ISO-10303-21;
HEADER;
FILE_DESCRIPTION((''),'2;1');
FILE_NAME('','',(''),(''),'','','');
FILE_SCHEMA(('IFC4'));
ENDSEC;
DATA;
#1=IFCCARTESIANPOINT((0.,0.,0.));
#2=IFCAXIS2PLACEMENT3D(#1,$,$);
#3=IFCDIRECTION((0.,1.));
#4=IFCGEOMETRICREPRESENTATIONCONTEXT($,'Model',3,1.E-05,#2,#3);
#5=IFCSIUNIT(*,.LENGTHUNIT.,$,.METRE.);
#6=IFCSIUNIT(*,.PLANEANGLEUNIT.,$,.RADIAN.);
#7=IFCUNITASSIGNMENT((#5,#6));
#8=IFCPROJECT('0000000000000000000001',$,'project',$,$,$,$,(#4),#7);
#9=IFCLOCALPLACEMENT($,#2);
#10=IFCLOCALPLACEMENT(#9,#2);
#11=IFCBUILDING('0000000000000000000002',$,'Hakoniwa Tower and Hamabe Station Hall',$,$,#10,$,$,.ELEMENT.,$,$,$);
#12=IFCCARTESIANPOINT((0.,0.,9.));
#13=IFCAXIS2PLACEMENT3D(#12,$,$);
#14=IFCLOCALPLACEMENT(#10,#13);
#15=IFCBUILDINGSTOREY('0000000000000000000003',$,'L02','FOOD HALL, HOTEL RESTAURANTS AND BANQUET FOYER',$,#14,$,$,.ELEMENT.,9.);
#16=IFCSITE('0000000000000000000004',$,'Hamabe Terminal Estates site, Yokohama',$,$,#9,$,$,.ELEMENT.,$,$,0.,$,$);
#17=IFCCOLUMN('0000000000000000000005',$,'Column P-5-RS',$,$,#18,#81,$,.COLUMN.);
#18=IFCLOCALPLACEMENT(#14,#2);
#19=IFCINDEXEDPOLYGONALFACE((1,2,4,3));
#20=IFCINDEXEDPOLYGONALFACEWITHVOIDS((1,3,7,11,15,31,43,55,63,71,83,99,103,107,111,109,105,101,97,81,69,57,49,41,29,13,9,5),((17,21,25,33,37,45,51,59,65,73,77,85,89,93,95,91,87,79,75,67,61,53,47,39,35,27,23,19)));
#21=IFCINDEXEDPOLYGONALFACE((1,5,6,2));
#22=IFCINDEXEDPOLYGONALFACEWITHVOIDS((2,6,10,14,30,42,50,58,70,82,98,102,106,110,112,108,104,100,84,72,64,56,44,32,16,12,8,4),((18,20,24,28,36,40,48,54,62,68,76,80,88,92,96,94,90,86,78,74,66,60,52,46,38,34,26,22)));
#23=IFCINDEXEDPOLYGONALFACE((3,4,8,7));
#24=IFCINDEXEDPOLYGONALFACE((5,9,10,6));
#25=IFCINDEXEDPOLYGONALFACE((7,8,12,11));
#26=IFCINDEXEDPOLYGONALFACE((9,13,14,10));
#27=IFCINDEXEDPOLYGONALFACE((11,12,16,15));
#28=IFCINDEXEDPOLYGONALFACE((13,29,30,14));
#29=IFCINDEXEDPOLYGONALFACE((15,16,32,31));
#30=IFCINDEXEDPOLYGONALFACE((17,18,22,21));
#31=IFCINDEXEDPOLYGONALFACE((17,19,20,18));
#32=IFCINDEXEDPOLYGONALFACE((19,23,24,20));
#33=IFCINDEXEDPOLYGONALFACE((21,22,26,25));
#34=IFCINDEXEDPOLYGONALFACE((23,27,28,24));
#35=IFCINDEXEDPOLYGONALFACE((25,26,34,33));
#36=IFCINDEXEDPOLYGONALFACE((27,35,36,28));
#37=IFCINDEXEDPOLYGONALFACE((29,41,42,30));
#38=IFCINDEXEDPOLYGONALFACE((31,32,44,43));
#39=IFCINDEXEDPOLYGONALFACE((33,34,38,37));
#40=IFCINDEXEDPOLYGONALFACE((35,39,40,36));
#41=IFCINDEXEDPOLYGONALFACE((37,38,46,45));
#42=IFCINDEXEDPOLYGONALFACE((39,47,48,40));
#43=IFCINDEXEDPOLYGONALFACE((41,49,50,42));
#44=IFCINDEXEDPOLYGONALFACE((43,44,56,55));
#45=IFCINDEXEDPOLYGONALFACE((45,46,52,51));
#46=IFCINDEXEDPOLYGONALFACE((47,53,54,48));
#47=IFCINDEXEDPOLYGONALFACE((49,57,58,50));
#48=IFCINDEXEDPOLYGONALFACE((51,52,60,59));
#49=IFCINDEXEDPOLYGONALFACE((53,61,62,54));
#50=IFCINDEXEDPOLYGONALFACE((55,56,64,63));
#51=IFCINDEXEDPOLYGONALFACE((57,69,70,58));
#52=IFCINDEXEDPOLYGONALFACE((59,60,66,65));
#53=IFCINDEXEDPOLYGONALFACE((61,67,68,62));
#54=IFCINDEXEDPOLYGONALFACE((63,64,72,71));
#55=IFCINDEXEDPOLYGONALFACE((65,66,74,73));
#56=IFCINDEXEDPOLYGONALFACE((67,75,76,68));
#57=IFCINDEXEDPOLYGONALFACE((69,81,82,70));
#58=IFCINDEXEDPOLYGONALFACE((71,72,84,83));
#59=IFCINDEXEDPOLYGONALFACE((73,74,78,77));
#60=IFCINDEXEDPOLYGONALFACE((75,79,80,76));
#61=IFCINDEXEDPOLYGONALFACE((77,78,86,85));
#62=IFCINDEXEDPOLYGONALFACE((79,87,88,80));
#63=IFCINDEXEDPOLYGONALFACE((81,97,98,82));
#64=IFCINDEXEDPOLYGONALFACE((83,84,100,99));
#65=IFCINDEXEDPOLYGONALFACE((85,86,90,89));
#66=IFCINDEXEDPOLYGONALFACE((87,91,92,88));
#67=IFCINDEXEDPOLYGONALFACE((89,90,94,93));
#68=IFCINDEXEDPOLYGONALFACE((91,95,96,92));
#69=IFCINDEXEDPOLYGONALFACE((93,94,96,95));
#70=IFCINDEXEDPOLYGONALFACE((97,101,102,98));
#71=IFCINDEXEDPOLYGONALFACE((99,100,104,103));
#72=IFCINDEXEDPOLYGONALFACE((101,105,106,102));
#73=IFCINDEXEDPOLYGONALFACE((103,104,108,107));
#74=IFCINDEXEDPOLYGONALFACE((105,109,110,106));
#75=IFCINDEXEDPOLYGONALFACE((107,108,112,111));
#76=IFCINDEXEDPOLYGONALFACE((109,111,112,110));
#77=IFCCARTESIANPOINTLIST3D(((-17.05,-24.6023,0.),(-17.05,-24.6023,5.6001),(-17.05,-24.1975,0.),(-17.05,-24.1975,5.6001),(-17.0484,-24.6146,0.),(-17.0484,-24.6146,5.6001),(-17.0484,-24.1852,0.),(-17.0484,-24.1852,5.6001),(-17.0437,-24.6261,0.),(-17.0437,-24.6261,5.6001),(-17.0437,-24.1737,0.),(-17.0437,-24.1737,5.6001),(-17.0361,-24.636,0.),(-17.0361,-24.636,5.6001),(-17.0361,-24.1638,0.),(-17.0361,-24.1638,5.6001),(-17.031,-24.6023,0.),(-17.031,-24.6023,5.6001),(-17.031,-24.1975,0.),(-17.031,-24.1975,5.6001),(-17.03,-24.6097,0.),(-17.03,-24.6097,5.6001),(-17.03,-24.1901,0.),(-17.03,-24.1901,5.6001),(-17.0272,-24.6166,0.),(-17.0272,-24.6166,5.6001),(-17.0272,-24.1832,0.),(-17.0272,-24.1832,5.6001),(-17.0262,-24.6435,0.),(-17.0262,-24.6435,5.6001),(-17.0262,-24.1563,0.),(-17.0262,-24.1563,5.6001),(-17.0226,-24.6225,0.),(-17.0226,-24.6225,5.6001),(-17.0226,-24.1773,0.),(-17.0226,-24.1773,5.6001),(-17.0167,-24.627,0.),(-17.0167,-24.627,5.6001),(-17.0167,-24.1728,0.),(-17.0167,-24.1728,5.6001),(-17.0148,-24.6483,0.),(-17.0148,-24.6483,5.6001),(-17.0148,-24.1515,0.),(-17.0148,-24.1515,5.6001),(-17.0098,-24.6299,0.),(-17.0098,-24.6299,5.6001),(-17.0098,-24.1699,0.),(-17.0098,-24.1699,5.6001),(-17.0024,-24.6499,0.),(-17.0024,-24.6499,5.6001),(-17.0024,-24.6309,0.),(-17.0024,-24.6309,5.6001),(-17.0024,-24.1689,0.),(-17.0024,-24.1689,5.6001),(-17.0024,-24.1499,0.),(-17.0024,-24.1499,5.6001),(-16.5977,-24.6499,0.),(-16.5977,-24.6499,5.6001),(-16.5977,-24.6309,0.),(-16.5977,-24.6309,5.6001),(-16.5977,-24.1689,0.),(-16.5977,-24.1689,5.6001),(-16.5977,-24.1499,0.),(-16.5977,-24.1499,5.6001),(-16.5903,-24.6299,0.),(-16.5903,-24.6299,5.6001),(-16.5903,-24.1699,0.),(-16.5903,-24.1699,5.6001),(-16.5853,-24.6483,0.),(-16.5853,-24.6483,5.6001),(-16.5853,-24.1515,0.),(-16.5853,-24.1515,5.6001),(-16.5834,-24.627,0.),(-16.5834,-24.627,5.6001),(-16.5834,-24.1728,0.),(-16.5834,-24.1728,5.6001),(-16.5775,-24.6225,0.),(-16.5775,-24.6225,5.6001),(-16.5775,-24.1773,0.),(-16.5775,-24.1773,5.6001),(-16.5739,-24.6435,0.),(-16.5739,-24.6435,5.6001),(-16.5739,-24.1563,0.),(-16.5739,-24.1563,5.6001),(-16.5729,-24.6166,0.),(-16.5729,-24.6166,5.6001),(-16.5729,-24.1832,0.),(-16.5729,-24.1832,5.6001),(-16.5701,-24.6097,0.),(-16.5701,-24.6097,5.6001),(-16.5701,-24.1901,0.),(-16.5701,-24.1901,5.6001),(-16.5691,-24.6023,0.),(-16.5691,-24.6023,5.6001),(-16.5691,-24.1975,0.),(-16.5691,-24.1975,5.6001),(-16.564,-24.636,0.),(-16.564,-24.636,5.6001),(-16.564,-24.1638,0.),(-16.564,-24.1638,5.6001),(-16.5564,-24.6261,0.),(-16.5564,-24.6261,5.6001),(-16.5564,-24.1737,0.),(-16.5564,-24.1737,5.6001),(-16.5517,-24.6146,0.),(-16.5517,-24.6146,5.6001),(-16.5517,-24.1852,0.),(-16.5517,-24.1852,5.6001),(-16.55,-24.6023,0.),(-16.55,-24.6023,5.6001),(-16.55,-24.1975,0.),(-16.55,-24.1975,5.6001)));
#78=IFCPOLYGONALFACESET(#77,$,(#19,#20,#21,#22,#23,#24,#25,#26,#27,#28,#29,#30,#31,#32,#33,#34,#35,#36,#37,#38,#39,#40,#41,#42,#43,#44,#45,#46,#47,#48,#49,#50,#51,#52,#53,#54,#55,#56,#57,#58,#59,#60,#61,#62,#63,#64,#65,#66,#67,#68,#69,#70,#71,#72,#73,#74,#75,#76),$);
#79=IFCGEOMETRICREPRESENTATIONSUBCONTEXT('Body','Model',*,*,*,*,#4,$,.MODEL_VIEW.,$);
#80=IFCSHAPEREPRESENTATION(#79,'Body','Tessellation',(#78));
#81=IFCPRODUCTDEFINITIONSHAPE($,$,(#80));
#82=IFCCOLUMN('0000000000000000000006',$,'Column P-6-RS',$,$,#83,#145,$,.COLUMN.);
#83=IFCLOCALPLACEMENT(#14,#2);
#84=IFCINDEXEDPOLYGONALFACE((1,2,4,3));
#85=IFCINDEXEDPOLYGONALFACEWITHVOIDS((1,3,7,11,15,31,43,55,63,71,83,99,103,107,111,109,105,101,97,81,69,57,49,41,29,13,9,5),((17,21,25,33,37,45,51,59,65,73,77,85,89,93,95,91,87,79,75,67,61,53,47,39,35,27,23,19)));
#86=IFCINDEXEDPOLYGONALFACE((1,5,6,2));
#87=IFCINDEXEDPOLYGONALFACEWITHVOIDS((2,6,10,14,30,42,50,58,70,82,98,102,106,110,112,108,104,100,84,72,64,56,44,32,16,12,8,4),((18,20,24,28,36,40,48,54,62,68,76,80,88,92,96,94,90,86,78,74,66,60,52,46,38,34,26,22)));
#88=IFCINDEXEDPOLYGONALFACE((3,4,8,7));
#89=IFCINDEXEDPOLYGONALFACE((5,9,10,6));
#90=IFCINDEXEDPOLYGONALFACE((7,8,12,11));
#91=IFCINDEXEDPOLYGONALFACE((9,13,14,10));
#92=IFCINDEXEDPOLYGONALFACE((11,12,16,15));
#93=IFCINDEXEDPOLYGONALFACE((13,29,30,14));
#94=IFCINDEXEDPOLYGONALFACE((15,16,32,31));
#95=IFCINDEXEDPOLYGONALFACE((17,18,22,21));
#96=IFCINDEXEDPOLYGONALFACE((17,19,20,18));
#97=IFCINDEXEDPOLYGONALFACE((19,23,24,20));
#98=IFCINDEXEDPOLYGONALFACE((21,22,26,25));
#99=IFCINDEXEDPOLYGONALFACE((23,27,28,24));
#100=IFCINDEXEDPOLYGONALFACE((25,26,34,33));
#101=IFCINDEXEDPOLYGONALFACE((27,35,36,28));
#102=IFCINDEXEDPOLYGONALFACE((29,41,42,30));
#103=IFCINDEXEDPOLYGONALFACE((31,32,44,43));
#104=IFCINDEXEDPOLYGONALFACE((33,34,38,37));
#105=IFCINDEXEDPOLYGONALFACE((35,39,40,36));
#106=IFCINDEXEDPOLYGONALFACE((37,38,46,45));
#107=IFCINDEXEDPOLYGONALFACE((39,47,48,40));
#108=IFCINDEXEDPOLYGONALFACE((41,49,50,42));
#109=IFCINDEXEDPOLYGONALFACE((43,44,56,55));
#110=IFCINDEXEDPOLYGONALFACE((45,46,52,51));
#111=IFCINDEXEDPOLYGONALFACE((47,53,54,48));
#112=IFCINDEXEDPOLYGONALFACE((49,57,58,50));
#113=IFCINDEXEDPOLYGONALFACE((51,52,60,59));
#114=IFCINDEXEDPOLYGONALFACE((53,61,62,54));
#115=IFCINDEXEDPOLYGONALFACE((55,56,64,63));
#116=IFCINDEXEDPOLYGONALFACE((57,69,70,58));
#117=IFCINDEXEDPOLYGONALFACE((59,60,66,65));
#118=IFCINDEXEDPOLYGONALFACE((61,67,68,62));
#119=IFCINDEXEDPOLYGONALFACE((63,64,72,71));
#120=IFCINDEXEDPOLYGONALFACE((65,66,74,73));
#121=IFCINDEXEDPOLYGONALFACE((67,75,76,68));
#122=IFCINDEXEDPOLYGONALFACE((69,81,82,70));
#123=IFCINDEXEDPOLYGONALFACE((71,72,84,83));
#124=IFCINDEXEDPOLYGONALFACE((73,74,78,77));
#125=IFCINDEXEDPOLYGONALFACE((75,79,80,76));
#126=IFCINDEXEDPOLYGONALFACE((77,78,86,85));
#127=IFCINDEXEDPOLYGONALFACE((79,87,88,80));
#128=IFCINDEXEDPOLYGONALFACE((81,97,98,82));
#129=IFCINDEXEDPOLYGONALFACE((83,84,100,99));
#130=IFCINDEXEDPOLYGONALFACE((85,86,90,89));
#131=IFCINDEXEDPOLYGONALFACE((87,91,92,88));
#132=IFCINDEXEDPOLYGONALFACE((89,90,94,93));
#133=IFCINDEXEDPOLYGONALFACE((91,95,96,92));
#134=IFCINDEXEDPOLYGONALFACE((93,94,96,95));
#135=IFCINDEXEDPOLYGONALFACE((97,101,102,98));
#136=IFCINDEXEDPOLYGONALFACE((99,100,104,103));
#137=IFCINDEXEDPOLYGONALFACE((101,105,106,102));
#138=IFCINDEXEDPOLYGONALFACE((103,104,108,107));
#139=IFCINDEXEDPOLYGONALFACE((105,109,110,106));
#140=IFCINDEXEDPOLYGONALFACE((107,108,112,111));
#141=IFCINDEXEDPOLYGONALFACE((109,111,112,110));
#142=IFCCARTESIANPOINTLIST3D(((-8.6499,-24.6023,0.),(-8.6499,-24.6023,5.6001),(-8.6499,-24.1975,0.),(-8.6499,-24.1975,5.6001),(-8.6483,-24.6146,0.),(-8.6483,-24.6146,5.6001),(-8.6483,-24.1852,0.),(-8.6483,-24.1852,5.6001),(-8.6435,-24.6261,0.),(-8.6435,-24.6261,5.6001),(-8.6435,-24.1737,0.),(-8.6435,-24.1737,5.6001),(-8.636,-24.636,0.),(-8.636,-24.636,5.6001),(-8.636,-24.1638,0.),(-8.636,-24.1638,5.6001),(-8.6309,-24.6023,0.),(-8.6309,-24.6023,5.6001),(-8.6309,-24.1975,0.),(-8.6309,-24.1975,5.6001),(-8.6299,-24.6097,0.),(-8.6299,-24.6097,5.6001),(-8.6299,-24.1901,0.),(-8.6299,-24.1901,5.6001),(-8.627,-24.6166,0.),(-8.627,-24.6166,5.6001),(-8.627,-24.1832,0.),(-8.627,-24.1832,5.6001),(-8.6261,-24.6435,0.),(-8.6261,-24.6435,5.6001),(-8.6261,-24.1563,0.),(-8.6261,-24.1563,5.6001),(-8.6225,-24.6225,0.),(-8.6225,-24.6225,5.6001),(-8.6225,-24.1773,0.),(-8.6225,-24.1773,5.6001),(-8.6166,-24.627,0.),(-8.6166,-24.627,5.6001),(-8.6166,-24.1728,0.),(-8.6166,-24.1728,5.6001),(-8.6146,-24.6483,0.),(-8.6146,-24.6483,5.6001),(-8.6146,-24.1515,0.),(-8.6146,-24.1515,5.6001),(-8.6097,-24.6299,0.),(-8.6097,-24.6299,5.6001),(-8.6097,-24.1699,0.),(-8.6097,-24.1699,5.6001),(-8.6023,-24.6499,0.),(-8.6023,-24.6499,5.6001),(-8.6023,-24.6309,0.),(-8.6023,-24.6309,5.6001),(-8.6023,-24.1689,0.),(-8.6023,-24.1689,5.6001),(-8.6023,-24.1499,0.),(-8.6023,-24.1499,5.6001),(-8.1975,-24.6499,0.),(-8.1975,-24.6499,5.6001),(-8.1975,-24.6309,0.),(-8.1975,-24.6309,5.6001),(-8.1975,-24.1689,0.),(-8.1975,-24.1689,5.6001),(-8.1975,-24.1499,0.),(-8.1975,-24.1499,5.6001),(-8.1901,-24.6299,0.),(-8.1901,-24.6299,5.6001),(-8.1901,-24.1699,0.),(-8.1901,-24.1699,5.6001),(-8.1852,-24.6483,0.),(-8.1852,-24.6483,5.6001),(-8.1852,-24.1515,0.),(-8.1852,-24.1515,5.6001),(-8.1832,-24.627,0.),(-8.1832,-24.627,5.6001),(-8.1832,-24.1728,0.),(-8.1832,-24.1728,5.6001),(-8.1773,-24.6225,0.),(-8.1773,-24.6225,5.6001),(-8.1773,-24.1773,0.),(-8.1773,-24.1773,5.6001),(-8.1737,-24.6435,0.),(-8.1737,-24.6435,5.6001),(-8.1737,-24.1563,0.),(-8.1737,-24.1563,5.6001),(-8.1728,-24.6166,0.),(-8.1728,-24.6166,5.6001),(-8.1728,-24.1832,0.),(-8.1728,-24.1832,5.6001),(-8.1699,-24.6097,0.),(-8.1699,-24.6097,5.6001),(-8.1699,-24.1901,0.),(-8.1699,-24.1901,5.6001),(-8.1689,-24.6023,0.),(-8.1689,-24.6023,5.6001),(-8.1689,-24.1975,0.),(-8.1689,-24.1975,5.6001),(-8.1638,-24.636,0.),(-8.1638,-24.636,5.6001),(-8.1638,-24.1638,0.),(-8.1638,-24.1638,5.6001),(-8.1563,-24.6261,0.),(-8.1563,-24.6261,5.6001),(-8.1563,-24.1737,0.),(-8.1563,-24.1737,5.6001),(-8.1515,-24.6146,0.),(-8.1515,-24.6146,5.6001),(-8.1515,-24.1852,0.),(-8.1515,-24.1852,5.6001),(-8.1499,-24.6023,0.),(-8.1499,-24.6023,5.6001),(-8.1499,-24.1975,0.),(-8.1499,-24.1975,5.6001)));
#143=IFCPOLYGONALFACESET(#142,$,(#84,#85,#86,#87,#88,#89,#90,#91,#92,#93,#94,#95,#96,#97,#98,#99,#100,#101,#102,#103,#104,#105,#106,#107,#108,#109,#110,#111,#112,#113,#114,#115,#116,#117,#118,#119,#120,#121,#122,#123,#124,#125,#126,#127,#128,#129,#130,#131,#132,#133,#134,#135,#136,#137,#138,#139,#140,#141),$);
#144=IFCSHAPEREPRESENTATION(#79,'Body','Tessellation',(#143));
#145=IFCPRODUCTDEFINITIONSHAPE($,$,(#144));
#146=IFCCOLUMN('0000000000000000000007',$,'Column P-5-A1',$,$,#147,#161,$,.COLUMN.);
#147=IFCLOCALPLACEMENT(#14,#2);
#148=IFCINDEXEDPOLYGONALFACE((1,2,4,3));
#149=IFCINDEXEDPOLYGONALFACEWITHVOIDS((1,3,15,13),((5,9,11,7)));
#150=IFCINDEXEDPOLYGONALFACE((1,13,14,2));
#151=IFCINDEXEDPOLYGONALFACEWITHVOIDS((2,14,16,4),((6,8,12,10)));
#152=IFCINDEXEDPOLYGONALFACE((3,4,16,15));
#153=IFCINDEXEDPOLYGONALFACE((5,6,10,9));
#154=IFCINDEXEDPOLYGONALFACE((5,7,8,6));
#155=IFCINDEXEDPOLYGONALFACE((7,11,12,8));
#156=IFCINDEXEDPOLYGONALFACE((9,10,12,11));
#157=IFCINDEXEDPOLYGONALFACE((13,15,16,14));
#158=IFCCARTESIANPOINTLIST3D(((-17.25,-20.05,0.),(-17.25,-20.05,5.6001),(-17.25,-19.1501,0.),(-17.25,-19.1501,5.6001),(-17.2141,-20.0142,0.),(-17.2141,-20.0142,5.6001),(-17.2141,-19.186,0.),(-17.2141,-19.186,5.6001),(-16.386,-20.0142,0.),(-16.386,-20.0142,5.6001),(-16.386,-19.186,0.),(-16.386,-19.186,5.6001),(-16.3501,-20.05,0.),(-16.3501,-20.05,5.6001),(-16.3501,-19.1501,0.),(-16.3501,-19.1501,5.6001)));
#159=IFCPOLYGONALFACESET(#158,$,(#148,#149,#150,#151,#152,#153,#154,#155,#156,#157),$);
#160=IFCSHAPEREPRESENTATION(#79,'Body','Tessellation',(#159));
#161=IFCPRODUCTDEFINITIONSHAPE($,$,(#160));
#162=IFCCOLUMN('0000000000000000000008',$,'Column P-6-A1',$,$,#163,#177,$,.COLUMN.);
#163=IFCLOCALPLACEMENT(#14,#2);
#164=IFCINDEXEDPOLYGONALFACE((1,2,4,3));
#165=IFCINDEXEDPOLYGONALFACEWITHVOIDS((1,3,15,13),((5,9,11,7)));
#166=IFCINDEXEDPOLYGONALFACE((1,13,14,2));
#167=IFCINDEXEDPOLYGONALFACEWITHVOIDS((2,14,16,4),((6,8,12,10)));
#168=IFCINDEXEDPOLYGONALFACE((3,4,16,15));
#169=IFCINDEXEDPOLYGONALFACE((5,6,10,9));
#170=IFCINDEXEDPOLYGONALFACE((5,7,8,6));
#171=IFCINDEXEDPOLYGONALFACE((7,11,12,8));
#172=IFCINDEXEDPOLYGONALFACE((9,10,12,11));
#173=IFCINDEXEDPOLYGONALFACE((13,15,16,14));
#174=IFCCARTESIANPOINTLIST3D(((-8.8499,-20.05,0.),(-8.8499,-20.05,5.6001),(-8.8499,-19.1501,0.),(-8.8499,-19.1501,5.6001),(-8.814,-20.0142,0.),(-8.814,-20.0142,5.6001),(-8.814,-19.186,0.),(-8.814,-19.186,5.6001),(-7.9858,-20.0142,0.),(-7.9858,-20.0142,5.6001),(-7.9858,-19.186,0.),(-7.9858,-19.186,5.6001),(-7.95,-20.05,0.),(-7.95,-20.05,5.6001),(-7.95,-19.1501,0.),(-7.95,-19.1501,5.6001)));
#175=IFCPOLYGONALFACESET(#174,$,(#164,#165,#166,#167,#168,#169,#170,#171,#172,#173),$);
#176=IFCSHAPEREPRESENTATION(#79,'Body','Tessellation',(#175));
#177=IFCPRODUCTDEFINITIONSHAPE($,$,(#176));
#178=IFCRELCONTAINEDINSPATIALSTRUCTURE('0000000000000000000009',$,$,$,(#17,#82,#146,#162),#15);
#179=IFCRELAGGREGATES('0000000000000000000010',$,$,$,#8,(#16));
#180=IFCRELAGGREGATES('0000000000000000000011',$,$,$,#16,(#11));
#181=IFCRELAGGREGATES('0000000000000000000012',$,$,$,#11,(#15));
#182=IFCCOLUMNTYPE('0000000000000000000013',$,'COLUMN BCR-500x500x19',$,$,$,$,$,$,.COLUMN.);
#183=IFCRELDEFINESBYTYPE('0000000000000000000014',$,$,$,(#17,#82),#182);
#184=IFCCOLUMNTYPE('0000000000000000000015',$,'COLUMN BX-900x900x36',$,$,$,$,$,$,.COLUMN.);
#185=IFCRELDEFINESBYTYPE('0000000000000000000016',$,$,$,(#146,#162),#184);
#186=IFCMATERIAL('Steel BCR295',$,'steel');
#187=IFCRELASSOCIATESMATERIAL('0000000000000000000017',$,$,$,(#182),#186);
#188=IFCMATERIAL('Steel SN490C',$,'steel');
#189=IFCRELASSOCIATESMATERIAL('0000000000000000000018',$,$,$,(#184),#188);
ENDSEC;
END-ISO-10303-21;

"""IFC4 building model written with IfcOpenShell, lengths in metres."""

from ifc_helpers import new_model, si_unit, direction, frame, origin, origin_2d, place, context, subcontext, project, spatial, hollow_rectangle, extrude, material, material_profile, profile_set, type_object, element, save


model = new_model("IFC4")

# Units and contexts
model_context = context("Model", 3, precision=1e-05, world=origin(), true_north=direction((0.0, 1.0)))
body_context = subcontext(model_context, "Body", "Model", "MODEL_VIEW")
ifc_project = project(units=[si_unit("LENGTHUNIT", "METRE"), si_unit("PLANEANGLEUNIT", "RADIAN")], contexts=[model_context])

# Site, building, storey
site_placement = place(None, origin())
site = spatial("IfcSite", under=ifc_project, at=site_placement, Name="Hamabe Terminal Estates site, Yokohama", CompositionType="ELEMENT", RefElevation=0.0)
building_placement = place(site_placement, origin())
building = spatial("IfcBuilding", under=site, at=building_placement, Name="Hakoniwa Tower and Hamabe Station Hall", CompositionType="ELEMENT")
storey_placement = place(building_placement, frame((0.0, 0.0, 9.0)))
storey = spatial("IfcBuildingStorey", under=building, at=storey_placement, Name="L02", Description="FOOD HALL, HOTEL RESTAURANTS AND BANQUET FOYER", CompositionType="ELEMENT", Elevation=9.0)

# Columns
ifc_material_1 = material(Name="Steel BCR295", Category="steel")
ifc_material_profile_1 = material_profile(ifc_material_1, hollow_rectangle(XDim=0.5, YDim=0.5, WallThickness=0.019, InnerFilletRadius=0.0286, OuterFilletRadius=0.0476, at=origin_2d()), Name="BCR-500x500x19")
ifc_profile_set_1 = profile_set([ifc_material_profile_1], Name="Steel BCR295")
column_type_1 = type_object("IfcColumnType", Name="COLUMN BCR-500x500x19", PredefinedType="COLUMN", material=ifc_profile_set_1)
for number, where, z_axis, x_axis, name in (
    (1, (-16.8, -24.3999, 0.0), (0.0, 0.0, 1.0), (1.0, 0.0, 0.0), "Column P-5-RS"),
    (2, (-8.3999, -24.3999, 0.0), (0.0, 0.0, 1.0), (1.0, 0.0, 0.0), "Column P-6-RS"),
):
    element("IfcColumn", number, at=place(storey_placement, frame(where, z_axis=z_axis, x_axis=x_axis)), inside=storey, type_object=column_type_1, Name=name, PredefinedType="COLUMN", context=body_context, shape_type="SweptSolid", body=[
        extrude(hollow_rectangle(XDim=0.5, YDim=0.5, WallThickness=0.019, InnerFilletRadius=0.0286, OuterFilletRadius=0.0476, at=origin_2d()), origin(), (0.0, 0.0, 1.0), 5.6001),
    ])
ifc_material_2 = material(Name="Steel SN490C", Category="steel")
ifc_material_profile_2 = material_profile(ifc_material_2, hollow_rectangle(XDim=0.8999, YDim=0.8999, WallThickness=0.0359, at=origin_2d()), Name="BX-900x900x36")
ifc_profile_set_2 = profile_set([ifc_material_profile_2], Name="Steel SN490C")
column_type_2 = type_object("IfcColumnType", Name="COLUMN BX-900x900x36", PredefinedType="COLUMN", material=ifc_profile_set_2)
for number, where, z_axis, x_axis, name in (
    (3, (-16.8, -19.6001, 0.0), (0.0, 0.0, 1.0), (1.0, 0.0, 0.0), "Column P-5-A1"),
    (4, (-8.3999, -19.6001, 0.0), (0.0, 0.0, 1.0), (1.0, 0.0, 0.0), "Column P-6-A1"),
):
    element("IfcColumn", number, at=place(storey_placement, frame(where, z_axis=z_axis, x_axis=x_axis)), inside=storey, type_object=column_type_2, Name=name, PredefinedType="COLUMN", context=body_context, shape_type="SweptSolid", body=[
        extrude(hollow_rectangle(XDim=0.8999, YDim=0.8999, WallThickness=0.0359, at=origin_2d()), origin(), (0.0, 0.0, 1.0), 5.6001),
    ])

save(model, "model.ifc")
